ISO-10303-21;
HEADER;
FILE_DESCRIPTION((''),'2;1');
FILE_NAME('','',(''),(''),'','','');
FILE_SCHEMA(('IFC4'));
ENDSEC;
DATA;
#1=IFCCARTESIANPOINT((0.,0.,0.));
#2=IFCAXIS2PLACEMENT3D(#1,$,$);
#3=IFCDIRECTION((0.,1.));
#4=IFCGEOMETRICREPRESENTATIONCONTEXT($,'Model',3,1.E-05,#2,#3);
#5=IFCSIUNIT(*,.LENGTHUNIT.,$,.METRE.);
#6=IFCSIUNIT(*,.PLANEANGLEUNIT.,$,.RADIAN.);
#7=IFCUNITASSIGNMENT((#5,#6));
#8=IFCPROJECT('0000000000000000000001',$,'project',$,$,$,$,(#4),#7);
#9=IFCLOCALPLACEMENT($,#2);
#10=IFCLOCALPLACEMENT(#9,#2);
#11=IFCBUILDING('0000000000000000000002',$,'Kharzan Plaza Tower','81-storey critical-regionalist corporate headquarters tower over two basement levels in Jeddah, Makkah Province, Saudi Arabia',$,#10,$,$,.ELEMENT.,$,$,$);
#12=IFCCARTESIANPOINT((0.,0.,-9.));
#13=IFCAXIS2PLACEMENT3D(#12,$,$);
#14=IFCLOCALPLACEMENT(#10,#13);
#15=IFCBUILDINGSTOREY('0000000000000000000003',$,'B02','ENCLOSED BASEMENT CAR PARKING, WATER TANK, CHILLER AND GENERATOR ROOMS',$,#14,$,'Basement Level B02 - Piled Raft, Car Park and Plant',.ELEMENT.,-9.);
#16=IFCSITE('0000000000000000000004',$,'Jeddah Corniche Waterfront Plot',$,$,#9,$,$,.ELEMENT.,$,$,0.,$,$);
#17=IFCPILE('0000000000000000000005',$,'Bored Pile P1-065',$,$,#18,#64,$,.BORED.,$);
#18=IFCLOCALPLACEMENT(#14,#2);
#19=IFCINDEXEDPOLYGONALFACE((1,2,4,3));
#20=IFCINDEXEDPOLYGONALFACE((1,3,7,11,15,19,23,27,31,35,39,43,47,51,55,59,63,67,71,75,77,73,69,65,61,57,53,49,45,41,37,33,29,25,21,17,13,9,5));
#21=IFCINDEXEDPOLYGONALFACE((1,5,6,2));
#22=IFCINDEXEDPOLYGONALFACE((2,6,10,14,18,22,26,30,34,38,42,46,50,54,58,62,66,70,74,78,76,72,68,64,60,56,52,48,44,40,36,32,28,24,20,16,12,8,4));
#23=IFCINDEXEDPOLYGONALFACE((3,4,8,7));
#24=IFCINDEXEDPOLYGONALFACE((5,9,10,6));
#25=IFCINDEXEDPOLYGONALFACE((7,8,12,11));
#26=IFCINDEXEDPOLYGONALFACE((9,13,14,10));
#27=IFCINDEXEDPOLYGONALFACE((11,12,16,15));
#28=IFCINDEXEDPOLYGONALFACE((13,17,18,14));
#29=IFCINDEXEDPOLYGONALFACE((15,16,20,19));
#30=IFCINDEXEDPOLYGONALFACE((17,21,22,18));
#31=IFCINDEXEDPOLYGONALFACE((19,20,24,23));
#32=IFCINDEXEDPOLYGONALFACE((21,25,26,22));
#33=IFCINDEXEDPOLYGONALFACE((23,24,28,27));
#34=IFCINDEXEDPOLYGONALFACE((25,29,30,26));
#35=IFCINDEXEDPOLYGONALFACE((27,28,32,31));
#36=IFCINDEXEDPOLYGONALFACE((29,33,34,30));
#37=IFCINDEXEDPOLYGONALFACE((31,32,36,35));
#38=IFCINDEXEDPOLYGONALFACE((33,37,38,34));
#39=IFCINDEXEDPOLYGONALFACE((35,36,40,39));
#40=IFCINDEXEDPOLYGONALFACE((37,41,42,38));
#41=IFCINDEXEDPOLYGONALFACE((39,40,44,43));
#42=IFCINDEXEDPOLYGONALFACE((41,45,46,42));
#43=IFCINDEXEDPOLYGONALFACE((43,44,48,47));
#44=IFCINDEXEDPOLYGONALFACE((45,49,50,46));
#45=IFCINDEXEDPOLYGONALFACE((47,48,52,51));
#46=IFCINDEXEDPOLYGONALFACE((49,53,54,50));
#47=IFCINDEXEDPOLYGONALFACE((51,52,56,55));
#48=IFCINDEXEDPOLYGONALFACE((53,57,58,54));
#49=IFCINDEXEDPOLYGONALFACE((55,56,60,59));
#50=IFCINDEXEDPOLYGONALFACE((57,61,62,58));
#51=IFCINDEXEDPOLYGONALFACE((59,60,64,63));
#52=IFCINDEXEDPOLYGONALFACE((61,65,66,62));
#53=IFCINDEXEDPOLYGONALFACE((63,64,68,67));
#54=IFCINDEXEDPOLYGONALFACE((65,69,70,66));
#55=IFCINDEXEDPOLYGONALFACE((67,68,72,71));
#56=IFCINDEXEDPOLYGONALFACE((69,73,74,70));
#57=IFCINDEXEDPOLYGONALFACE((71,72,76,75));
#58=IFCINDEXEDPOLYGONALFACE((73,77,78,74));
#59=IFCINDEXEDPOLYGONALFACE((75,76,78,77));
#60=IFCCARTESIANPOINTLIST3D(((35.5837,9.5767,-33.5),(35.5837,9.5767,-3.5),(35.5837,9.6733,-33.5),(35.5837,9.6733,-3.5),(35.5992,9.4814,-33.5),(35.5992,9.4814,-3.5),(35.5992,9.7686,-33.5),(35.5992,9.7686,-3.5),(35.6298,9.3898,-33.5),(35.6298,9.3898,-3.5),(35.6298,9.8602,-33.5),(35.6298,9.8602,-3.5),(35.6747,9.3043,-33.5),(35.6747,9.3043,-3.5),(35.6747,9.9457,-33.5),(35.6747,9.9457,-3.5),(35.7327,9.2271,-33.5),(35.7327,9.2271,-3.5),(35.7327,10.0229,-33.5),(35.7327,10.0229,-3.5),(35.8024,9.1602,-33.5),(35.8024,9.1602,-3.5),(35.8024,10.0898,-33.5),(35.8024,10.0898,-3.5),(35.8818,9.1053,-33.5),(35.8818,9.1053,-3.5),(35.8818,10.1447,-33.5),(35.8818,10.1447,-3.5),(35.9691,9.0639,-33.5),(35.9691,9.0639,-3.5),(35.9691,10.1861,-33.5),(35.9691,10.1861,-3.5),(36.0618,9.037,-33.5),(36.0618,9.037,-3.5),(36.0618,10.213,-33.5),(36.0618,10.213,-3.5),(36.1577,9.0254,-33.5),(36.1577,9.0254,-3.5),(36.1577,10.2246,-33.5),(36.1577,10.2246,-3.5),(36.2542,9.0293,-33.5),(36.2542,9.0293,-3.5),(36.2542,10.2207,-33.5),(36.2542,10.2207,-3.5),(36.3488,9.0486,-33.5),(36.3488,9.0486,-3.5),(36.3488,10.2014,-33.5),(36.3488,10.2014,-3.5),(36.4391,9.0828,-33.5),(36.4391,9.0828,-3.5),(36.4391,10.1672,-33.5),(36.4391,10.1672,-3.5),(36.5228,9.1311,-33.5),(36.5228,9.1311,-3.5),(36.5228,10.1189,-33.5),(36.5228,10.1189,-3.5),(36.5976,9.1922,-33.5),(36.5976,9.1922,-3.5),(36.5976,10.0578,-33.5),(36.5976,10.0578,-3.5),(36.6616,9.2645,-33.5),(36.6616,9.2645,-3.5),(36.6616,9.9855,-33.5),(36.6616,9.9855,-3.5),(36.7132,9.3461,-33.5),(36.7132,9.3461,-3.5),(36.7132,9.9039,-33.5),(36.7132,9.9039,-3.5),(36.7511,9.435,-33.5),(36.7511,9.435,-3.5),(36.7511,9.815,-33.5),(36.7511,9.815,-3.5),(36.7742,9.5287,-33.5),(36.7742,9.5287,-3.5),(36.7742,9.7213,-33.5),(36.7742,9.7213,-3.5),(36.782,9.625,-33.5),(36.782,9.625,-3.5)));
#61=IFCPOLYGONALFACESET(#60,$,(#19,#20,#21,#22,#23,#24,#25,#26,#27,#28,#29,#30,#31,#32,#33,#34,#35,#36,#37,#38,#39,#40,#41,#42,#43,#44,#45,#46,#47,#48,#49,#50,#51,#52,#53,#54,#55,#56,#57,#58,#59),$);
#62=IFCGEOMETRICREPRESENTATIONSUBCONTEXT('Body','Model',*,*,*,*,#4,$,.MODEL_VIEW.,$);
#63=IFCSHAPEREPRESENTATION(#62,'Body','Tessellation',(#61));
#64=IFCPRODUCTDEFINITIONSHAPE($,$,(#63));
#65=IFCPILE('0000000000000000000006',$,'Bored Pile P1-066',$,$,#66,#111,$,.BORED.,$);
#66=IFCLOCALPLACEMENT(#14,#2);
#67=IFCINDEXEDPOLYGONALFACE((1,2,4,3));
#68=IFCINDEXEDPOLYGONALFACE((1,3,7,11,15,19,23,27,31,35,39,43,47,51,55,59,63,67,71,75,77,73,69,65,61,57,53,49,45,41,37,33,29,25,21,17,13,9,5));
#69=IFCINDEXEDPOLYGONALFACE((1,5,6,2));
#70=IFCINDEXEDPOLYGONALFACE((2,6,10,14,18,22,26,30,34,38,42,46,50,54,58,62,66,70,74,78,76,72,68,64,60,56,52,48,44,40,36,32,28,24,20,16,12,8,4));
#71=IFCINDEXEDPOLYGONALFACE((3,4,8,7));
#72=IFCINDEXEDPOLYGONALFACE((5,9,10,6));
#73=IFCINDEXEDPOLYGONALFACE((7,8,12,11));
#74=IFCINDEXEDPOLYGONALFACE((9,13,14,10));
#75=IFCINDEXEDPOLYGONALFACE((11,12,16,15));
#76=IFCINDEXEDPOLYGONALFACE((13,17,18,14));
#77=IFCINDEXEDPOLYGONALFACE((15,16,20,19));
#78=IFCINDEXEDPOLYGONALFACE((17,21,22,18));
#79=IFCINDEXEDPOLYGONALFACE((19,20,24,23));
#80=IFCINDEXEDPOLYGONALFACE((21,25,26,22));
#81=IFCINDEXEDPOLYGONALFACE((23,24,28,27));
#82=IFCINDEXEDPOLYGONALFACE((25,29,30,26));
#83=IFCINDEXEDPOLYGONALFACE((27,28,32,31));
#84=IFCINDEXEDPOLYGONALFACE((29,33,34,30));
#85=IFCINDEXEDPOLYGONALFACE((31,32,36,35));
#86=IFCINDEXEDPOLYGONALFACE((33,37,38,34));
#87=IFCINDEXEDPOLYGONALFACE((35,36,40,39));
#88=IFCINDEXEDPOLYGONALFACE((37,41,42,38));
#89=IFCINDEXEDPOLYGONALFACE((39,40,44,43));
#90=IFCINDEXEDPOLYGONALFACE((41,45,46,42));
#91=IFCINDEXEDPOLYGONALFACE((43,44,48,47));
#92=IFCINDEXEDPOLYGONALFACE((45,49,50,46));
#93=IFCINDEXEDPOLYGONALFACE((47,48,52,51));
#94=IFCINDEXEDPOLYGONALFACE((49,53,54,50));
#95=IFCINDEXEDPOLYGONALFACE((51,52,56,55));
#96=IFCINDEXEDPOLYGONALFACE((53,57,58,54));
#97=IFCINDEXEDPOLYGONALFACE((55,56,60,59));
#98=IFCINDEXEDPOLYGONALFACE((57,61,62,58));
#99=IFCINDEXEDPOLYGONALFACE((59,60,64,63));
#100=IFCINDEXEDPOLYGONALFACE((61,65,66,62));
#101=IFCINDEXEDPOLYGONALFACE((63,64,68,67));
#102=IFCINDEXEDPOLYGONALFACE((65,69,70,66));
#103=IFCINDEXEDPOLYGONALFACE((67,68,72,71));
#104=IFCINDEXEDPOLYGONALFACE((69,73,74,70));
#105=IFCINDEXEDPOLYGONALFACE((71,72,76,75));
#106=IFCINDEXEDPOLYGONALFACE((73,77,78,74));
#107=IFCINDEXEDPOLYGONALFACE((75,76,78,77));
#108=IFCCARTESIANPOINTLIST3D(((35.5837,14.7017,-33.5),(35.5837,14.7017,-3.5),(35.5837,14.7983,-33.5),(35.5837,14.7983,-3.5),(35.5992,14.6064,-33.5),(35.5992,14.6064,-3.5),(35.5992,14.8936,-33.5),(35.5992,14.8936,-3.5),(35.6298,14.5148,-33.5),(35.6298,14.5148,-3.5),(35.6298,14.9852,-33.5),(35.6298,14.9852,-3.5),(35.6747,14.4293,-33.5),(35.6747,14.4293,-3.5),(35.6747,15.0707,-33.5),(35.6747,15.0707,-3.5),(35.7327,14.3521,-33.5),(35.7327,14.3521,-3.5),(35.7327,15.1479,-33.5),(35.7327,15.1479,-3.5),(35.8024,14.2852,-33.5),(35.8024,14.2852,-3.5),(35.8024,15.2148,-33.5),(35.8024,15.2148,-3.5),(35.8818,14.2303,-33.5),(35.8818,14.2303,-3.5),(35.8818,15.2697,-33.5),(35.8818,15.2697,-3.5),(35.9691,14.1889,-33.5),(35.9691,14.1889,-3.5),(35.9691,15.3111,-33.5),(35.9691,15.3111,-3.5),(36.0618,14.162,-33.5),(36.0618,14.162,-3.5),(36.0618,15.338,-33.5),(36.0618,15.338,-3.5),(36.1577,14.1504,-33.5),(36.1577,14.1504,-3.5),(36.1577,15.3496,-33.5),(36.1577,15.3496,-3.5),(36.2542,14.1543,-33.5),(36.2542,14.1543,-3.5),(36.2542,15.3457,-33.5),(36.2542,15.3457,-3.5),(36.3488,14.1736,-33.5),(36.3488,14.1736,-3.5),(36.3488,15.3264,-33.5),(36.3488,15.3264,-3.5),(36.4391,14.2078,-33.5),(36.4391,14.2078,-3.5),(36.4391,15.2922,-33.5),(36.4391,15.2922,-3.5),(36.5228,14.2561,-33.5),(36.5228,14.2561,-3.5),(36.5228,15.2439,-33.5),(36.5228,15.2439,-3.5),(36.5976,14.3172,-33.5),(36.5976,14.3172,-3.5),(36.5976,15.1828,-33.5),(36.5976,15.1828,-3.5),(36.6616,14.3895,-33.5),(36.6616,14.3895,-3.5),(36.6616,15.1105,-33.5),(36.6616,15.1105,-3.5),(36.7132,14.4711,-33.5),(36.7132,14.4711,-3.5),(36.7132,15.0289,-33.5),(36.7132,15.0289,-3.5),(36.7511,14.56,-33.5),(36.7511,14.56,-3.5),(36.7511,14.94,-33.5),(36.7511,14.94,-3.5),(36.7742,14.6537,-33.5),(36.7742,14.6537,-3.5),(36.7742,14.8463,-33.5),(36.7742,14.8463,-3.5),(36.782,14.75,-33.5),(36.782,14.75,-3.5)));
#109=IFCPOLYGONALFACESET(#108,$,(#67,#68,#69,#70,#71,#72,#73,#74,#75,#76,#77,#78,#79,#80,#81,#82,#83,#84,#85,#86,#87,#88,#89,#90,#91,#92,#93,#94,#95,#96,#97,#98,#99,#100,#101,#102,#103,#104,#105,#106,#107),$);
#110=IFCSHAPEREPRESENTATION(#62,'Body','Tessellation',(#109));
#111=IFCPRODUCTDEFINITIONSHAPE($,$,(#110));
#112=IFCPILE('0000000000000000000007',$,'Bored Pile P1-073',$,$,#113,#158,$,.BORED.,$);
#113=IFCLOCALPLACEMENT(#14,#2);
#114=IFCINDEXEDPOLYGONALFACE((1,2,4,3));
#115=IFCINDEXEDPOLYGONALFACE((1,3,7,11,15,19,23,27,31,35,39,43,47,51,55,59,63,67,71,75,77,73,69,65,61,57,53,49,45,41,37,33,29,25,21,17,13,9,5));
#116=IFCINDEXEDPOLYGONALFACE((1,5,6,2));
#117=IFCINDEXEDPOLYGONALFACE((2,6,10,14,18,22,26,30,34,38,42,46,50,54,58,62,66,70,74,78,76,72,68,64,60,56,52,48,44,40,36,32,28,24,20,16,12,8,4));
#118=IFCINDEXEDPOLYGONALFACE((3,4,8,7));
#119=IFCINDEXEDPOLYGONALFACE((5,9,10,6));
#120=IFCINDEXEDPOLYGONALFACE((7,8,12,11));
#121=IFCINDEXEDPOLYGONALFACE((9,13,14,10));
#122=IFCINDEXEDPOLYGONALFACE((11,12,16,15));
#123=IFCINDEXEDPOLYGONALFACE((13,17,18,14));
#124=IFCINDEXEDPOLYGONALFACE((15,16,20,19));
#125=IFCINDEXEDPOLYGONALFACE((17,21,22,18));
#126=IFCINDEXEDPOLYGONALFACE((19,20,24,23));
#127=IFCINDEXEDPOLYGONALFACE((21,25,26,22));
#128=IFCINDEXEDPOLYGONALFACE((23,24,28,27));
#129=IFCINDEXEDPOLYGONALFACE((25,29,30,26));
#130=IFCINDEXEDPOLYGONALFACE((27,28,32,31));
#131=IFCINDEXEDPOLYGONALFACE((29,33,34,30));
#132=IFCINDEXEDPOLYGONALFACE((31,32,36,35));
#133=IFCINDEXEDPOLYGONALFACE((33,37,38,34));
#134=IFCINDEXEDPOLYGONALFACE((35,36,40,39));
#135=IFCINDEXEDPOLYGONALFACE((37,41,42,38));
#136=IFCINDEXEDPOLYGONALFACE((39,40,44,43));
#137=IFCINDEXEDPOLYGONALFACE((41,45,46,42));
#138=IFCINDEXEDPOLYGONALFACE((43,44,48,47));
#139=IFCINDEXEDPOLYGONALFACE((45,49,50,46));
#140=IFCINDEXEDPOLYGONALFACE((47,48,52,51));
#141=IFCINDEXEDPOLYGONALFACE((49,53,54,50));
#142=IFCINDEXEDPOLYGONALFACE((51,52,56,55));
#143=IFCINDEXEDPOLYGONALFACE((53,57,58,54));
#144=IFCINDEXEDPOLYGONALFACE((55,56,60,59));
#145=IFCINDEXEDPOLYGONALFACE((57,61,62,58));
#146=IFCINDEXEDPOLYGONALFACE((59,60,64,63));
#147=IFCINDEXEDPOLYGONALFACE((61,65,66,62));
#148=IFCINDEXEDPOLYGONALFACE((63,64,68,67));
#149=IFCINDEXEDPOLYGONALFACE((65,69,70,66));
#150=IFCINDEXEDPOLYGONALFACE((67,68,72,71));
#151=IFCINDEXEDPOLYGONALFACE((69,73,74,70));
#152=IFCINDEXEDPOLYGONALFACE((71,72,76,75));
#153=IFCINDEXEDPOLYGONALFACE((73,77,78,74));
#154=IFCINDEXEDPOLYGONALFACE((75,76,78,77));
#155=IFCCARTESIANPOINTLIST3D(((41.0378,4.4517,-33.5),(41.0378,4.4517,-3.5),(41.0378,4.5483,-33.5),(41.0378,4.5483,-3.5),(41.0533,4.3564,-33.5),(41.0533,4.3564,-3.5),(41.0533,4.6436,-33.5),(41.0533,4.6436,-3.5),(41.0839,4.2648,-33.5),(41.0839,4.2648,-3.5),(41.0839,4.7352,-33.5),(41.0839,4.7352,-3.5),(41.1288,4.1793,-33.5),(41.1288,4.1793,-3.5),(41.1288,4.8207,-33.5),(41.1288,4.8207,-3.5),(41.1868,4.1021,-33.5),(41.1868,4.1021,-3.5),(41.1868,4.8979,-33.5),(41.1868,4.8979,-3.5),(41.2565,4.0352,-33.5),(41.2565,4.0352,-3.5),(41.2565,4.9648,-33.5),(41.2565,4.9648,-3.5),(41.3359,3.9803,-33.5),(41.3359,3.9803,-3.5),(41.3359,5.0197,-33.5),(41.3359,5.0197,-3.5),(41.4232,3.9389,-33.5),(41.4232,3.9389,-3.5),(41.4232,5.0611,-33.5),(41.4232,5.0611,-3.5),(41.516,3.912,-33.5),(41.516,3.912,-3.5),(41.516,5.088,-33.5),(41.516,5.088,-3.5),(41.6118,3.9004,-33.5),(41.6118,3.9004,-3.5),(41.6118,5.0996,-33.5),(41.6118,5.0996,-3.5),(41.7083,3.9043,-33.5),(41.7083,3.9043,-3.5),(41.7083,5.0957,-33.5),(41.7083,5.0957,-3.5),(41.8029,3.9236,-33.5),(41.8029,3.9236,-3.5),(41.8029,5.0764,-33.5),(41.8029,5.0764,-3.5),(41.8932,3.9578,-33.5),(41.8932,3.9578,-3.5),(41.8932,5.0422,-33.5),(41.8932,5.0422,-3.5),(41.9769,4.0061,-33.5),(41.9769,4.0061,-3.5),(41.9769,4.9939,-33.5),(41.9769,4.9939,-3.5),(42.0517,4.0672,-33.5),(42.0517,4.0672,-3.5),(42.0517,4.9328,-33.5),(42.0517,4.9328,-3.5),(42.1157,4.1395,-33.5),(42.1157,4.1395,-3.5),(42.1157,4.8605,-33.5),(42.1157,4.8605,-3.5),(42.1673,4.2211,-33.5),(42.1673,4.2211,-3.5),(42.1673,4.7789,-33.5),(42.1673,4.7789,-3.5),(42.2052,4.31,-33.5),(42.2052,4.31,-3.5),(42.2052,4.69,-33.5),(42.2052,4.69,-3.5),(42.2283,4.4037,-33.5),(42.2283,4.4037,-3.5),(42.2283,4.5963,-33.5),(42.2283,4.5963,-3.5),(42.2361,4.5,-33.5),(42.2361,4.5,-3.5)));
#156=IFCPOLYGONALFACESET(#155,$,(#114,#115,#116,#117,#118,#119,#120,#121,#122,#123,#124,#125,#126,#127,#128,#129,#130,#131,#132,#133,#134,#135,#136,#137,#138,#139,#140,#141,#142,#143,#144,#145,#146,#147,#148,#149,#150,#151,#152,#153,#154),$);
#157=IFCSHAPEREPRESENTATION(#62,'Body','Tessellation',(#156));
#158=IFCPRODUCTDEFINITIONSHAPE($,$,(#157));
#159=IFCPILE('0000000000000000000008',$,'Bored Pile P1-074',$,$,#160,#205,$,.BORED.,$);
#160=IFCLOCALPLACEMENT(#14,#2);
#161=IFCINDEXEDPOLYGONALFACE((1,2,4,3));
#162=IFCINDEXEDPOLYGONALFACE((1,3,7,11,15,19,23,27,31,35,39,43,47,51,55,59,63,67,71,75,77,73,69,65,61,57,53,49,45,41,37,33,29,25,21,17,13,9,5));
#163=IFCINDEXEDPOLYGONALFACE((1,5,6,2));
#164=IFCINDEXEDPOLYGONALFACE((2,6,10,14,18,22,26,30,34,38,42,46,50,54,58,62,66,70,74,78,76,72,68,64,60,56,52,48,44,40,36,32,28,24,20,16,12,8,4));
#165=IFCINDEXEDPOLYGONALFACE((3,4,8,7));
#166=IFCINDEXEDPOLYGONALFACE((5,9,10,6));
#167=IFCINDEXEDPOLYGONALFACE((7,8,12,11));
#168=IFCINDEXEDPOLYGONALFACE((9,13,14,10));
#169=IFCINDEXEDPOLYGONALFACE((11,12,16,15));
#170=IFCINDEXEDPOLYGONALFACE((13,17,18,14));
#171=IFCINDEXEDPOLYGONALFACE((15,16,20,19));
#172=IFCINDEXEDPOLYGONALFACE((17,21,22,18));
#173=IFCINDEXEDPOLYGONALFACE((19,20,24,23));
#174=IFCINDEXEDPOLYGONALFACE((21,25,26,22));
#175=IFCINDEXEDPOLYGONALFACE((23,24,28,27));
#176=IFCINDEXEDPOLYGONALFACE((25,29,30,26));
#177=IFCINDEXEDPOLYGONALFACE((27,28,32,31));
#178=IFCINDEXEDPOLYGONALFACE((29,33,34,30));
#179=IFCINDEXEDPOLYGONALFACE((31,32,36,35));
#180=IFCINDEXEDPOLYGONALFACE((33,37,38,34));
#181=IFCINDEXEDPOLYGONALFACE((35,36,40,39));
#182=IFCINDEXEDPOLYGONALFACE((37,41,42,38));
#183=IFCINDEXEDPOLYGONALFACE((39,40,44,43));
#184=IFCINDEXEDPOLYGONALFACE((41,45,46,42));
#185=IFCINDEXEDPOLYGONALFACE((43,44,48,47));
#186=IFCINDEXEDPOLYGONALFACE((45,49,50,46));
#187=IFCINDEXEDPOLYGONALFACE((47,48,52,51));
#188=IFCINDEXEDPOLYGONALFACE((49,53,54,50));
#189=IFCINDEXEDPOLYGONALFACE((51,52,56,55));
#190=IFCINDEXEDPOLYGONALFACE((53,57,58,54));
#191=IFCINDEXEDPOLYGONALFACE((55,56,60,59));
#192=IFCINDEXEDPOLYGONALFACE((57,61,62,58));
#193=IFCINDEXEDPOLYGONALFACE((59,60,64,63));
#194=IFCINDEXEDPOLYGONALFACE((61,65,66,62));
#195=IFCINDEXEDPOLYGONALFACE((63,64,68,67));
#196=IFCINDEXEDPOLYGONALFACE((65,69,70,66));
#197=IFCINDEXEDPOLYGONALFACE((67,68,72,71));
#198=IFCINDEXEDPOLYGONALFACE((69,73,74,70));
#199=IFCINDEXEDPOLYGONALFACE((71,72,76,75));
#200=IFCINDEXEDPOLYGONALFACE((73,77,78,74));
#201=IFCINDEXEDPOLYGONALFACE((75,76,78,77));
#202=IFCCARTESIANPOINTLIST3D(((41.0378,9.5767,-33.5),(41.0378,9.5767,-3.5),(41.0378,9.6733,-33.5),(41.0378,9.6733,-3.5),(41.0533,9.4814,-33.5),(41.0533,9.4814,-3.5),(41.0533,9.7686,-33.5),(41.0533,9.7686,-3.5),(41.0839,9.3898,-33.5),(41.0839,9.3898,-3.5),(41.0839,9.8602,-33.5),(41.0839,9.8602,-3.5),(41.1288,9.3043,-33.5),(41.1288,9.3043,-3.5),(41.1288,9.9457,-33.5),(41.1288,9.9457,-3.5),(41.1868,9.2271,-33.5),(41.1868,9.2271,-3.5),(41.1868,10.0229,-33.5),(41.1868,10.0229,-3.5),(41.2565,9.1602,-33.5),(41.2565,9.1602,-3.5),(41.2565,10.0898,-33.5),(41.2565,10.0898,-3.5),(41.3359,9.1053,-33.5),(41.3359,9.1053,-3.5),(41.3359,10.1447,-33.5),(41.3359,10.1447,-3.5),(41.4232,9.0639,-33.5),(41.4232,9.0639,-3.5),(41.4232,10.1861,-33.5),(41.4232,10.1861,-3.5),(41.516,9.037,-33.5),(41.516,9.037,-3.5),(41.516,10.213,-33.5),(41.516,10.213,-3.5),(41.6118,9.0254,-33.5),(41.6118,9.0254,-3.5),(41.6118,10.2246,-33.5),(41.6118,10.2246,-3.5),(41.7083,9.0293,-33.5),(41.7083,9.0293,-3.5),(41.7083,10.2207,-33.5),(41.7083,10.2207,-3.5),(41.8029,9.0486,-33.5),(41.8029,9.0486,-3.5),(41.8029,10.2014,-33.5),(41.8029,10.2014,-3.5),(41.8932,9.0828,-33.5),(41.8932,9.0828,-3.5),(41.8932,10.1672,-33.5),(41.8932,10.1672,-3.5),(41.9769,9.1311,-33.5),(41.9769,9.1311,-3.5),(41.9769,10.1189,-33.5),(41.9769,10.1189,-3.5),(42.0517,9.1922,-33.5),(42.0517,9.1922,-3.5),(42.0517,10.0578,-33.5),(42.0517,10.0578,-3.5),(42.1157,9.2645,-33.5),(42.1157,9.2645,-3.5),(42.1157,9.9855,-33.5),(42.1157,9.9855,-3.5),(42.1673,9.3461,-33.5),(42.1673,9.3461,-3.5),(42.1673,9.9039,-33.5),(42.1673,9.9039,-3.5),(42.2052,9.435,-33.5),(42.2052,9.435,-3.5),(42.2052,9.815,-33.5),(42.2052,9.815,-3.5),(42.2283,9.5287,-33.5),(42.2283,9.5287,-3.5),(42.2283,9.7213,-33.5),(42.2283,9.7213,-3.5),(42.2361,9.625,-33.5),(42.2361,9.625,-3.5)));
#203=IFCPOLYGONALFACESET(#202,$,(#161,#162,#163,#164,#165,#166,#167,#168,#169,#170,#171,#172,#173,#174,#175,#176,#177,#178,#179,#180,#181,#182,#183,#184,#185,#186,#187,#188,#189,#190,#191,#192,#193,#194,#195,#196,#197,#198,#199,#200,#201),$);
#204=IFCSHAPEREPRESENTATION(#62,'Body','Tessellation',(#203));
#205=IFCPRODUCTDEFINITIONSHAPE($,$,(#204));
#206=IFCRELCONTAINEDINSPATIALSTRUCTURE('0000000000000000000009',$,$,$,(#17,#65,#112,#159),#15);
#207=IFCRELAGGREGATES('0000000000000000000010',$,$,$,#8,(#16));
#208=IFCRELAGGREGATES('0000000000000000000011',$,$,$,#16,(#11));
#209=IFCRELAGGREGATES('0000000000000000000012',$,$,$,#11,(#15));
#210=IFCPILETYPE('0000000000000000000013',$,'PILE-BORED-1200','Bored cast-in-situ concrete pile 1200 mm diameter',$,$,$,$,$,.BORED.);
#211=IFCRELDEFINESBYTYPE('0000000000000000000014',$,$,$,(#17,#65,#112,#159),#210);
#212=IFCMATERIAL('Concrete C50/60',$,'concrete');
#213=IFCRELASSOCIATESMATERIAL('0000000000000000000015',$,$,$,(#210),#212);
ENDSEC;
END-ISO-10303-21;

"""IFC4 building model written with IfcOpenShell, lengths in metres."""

from ifc_helpers import new_model, si_unit, direction, frame, origin, origin_2d, place, context, subcontext, project, spatial, circle, extrude, source, transform, mapped, material, material_profile, profile_set, type_object, element, save


model = new_model("IFC4")

# Units and contexts
model_context = context("Model", 3, precision=1e-05, world=origin(), true_north=direction((0.0, 1.0)))
body_context = subcontext(model_context, "Body", "Model", "MODEL_VIEW")
ifc_project = project(units=[si_unit("LENGTHUNIT", "METRE"), si_unit("PLANEANGLEUNIT", "RADIAN")], contexts=[model_context])

# Site, building, storey
site_placement = place(None, origin())
site = spatial("IfcSite", under=ifc_project, at=site_placement, Name="Jeddah Corniche Waterfront Plot", CompositionType="ELEMENT", RefElevation=0.0)
building_placement = place(site_placement, origin())
building = spatial("IfcBuilding", under=site, at=building_placement, Name="Kharzan Plaza Tower", Description="81-storey critical-regionalist corporate headquarters tower over two basement levels in Jeddah, Makkah Province, Saudi Arabia", CompositionType="ELEMENT")
storey_placement = place(building_placement, frame((0.0, 0.0, -9.0)))
storey = spatial("IfcBuildingStorey", under=building, at=storey_placement, Name="B02", Description="ENCLOSED BASEMENT CAR PARKING, WATER TANK, CHILLER AND GENERATOR ROOMS", LongName="Basement Level B02 - Piled Raft, Car Park and Plant", CompositionType="ELEMENT", Elevation=-9.0)

# Piles
ifc_material_1 = material(Name="Concrete C50/60", Category="concrete")
ifc_material_profile_1 = material_profile(ifc_material_1, circle(Radius=0.6001, at=origin_2d()), Name="PILE-D1200")
ifc_profile_set_1 = profile_set([ifc_material_profile_1], Name="Concrete C50/60")
pile_type = type_object("IfcPileType", Name="PILE-BORED-1200", Description="Bored cast-in-situ concrete pile 1200 mm diameter", PredefinedType="BORED", material=ifc_profile_set_1)
shared_shape_1 = source(origin(), body_context, "Body", "SweptSolid", [
    extrude(circle(Radius=0.6001, at=origin_2d()), origin(), (0.0, 0.0, 1.0), 30.0),
])
for number, where, z_axis, x_axis, name in (
    (1, (36.1819, 9.625, -3.5), (0.0, 0.0, -1.0), (1.0, 0.0, 0.0), "Bored Pile P1-065"),
    (2, (36.1819, 14.75, -3.5), (0.0, 0.0, -1.0), (1.0, 0.0, 0.0), "Bored Pile P1-066"),
    (3, (41.636, 4.5, -3.5), (0.0, 0.0, -1.0), (1.0, 0.0, 0.0), "Bored Pile P1-073"),
    (4, (41.636, 9.625, -3.5), (0.0, 0.0, -1.0), (1.0, 0.0, 0.0), "Bored Pile P1-074"),
):
    element("IfcPile", number, at=place(storey_placement, frame(where, z_axis=z_axis, x_axis=x_axis)), inside=storey, type_object=pile_type, Name=name, PredefinedType="BORED", context=body_context, shape_type="MappedRepresentation", body=[
        mapped(shared_shape_1, transform((0.0, 0.0, 0.0), x_axis=(1.0, 0.0, 0.0), y_axis=(0.0, 1.0, 0.0), z_axis=(0.0, 0.0, 1.0))),
    ])

save(model, "model.ifc")
